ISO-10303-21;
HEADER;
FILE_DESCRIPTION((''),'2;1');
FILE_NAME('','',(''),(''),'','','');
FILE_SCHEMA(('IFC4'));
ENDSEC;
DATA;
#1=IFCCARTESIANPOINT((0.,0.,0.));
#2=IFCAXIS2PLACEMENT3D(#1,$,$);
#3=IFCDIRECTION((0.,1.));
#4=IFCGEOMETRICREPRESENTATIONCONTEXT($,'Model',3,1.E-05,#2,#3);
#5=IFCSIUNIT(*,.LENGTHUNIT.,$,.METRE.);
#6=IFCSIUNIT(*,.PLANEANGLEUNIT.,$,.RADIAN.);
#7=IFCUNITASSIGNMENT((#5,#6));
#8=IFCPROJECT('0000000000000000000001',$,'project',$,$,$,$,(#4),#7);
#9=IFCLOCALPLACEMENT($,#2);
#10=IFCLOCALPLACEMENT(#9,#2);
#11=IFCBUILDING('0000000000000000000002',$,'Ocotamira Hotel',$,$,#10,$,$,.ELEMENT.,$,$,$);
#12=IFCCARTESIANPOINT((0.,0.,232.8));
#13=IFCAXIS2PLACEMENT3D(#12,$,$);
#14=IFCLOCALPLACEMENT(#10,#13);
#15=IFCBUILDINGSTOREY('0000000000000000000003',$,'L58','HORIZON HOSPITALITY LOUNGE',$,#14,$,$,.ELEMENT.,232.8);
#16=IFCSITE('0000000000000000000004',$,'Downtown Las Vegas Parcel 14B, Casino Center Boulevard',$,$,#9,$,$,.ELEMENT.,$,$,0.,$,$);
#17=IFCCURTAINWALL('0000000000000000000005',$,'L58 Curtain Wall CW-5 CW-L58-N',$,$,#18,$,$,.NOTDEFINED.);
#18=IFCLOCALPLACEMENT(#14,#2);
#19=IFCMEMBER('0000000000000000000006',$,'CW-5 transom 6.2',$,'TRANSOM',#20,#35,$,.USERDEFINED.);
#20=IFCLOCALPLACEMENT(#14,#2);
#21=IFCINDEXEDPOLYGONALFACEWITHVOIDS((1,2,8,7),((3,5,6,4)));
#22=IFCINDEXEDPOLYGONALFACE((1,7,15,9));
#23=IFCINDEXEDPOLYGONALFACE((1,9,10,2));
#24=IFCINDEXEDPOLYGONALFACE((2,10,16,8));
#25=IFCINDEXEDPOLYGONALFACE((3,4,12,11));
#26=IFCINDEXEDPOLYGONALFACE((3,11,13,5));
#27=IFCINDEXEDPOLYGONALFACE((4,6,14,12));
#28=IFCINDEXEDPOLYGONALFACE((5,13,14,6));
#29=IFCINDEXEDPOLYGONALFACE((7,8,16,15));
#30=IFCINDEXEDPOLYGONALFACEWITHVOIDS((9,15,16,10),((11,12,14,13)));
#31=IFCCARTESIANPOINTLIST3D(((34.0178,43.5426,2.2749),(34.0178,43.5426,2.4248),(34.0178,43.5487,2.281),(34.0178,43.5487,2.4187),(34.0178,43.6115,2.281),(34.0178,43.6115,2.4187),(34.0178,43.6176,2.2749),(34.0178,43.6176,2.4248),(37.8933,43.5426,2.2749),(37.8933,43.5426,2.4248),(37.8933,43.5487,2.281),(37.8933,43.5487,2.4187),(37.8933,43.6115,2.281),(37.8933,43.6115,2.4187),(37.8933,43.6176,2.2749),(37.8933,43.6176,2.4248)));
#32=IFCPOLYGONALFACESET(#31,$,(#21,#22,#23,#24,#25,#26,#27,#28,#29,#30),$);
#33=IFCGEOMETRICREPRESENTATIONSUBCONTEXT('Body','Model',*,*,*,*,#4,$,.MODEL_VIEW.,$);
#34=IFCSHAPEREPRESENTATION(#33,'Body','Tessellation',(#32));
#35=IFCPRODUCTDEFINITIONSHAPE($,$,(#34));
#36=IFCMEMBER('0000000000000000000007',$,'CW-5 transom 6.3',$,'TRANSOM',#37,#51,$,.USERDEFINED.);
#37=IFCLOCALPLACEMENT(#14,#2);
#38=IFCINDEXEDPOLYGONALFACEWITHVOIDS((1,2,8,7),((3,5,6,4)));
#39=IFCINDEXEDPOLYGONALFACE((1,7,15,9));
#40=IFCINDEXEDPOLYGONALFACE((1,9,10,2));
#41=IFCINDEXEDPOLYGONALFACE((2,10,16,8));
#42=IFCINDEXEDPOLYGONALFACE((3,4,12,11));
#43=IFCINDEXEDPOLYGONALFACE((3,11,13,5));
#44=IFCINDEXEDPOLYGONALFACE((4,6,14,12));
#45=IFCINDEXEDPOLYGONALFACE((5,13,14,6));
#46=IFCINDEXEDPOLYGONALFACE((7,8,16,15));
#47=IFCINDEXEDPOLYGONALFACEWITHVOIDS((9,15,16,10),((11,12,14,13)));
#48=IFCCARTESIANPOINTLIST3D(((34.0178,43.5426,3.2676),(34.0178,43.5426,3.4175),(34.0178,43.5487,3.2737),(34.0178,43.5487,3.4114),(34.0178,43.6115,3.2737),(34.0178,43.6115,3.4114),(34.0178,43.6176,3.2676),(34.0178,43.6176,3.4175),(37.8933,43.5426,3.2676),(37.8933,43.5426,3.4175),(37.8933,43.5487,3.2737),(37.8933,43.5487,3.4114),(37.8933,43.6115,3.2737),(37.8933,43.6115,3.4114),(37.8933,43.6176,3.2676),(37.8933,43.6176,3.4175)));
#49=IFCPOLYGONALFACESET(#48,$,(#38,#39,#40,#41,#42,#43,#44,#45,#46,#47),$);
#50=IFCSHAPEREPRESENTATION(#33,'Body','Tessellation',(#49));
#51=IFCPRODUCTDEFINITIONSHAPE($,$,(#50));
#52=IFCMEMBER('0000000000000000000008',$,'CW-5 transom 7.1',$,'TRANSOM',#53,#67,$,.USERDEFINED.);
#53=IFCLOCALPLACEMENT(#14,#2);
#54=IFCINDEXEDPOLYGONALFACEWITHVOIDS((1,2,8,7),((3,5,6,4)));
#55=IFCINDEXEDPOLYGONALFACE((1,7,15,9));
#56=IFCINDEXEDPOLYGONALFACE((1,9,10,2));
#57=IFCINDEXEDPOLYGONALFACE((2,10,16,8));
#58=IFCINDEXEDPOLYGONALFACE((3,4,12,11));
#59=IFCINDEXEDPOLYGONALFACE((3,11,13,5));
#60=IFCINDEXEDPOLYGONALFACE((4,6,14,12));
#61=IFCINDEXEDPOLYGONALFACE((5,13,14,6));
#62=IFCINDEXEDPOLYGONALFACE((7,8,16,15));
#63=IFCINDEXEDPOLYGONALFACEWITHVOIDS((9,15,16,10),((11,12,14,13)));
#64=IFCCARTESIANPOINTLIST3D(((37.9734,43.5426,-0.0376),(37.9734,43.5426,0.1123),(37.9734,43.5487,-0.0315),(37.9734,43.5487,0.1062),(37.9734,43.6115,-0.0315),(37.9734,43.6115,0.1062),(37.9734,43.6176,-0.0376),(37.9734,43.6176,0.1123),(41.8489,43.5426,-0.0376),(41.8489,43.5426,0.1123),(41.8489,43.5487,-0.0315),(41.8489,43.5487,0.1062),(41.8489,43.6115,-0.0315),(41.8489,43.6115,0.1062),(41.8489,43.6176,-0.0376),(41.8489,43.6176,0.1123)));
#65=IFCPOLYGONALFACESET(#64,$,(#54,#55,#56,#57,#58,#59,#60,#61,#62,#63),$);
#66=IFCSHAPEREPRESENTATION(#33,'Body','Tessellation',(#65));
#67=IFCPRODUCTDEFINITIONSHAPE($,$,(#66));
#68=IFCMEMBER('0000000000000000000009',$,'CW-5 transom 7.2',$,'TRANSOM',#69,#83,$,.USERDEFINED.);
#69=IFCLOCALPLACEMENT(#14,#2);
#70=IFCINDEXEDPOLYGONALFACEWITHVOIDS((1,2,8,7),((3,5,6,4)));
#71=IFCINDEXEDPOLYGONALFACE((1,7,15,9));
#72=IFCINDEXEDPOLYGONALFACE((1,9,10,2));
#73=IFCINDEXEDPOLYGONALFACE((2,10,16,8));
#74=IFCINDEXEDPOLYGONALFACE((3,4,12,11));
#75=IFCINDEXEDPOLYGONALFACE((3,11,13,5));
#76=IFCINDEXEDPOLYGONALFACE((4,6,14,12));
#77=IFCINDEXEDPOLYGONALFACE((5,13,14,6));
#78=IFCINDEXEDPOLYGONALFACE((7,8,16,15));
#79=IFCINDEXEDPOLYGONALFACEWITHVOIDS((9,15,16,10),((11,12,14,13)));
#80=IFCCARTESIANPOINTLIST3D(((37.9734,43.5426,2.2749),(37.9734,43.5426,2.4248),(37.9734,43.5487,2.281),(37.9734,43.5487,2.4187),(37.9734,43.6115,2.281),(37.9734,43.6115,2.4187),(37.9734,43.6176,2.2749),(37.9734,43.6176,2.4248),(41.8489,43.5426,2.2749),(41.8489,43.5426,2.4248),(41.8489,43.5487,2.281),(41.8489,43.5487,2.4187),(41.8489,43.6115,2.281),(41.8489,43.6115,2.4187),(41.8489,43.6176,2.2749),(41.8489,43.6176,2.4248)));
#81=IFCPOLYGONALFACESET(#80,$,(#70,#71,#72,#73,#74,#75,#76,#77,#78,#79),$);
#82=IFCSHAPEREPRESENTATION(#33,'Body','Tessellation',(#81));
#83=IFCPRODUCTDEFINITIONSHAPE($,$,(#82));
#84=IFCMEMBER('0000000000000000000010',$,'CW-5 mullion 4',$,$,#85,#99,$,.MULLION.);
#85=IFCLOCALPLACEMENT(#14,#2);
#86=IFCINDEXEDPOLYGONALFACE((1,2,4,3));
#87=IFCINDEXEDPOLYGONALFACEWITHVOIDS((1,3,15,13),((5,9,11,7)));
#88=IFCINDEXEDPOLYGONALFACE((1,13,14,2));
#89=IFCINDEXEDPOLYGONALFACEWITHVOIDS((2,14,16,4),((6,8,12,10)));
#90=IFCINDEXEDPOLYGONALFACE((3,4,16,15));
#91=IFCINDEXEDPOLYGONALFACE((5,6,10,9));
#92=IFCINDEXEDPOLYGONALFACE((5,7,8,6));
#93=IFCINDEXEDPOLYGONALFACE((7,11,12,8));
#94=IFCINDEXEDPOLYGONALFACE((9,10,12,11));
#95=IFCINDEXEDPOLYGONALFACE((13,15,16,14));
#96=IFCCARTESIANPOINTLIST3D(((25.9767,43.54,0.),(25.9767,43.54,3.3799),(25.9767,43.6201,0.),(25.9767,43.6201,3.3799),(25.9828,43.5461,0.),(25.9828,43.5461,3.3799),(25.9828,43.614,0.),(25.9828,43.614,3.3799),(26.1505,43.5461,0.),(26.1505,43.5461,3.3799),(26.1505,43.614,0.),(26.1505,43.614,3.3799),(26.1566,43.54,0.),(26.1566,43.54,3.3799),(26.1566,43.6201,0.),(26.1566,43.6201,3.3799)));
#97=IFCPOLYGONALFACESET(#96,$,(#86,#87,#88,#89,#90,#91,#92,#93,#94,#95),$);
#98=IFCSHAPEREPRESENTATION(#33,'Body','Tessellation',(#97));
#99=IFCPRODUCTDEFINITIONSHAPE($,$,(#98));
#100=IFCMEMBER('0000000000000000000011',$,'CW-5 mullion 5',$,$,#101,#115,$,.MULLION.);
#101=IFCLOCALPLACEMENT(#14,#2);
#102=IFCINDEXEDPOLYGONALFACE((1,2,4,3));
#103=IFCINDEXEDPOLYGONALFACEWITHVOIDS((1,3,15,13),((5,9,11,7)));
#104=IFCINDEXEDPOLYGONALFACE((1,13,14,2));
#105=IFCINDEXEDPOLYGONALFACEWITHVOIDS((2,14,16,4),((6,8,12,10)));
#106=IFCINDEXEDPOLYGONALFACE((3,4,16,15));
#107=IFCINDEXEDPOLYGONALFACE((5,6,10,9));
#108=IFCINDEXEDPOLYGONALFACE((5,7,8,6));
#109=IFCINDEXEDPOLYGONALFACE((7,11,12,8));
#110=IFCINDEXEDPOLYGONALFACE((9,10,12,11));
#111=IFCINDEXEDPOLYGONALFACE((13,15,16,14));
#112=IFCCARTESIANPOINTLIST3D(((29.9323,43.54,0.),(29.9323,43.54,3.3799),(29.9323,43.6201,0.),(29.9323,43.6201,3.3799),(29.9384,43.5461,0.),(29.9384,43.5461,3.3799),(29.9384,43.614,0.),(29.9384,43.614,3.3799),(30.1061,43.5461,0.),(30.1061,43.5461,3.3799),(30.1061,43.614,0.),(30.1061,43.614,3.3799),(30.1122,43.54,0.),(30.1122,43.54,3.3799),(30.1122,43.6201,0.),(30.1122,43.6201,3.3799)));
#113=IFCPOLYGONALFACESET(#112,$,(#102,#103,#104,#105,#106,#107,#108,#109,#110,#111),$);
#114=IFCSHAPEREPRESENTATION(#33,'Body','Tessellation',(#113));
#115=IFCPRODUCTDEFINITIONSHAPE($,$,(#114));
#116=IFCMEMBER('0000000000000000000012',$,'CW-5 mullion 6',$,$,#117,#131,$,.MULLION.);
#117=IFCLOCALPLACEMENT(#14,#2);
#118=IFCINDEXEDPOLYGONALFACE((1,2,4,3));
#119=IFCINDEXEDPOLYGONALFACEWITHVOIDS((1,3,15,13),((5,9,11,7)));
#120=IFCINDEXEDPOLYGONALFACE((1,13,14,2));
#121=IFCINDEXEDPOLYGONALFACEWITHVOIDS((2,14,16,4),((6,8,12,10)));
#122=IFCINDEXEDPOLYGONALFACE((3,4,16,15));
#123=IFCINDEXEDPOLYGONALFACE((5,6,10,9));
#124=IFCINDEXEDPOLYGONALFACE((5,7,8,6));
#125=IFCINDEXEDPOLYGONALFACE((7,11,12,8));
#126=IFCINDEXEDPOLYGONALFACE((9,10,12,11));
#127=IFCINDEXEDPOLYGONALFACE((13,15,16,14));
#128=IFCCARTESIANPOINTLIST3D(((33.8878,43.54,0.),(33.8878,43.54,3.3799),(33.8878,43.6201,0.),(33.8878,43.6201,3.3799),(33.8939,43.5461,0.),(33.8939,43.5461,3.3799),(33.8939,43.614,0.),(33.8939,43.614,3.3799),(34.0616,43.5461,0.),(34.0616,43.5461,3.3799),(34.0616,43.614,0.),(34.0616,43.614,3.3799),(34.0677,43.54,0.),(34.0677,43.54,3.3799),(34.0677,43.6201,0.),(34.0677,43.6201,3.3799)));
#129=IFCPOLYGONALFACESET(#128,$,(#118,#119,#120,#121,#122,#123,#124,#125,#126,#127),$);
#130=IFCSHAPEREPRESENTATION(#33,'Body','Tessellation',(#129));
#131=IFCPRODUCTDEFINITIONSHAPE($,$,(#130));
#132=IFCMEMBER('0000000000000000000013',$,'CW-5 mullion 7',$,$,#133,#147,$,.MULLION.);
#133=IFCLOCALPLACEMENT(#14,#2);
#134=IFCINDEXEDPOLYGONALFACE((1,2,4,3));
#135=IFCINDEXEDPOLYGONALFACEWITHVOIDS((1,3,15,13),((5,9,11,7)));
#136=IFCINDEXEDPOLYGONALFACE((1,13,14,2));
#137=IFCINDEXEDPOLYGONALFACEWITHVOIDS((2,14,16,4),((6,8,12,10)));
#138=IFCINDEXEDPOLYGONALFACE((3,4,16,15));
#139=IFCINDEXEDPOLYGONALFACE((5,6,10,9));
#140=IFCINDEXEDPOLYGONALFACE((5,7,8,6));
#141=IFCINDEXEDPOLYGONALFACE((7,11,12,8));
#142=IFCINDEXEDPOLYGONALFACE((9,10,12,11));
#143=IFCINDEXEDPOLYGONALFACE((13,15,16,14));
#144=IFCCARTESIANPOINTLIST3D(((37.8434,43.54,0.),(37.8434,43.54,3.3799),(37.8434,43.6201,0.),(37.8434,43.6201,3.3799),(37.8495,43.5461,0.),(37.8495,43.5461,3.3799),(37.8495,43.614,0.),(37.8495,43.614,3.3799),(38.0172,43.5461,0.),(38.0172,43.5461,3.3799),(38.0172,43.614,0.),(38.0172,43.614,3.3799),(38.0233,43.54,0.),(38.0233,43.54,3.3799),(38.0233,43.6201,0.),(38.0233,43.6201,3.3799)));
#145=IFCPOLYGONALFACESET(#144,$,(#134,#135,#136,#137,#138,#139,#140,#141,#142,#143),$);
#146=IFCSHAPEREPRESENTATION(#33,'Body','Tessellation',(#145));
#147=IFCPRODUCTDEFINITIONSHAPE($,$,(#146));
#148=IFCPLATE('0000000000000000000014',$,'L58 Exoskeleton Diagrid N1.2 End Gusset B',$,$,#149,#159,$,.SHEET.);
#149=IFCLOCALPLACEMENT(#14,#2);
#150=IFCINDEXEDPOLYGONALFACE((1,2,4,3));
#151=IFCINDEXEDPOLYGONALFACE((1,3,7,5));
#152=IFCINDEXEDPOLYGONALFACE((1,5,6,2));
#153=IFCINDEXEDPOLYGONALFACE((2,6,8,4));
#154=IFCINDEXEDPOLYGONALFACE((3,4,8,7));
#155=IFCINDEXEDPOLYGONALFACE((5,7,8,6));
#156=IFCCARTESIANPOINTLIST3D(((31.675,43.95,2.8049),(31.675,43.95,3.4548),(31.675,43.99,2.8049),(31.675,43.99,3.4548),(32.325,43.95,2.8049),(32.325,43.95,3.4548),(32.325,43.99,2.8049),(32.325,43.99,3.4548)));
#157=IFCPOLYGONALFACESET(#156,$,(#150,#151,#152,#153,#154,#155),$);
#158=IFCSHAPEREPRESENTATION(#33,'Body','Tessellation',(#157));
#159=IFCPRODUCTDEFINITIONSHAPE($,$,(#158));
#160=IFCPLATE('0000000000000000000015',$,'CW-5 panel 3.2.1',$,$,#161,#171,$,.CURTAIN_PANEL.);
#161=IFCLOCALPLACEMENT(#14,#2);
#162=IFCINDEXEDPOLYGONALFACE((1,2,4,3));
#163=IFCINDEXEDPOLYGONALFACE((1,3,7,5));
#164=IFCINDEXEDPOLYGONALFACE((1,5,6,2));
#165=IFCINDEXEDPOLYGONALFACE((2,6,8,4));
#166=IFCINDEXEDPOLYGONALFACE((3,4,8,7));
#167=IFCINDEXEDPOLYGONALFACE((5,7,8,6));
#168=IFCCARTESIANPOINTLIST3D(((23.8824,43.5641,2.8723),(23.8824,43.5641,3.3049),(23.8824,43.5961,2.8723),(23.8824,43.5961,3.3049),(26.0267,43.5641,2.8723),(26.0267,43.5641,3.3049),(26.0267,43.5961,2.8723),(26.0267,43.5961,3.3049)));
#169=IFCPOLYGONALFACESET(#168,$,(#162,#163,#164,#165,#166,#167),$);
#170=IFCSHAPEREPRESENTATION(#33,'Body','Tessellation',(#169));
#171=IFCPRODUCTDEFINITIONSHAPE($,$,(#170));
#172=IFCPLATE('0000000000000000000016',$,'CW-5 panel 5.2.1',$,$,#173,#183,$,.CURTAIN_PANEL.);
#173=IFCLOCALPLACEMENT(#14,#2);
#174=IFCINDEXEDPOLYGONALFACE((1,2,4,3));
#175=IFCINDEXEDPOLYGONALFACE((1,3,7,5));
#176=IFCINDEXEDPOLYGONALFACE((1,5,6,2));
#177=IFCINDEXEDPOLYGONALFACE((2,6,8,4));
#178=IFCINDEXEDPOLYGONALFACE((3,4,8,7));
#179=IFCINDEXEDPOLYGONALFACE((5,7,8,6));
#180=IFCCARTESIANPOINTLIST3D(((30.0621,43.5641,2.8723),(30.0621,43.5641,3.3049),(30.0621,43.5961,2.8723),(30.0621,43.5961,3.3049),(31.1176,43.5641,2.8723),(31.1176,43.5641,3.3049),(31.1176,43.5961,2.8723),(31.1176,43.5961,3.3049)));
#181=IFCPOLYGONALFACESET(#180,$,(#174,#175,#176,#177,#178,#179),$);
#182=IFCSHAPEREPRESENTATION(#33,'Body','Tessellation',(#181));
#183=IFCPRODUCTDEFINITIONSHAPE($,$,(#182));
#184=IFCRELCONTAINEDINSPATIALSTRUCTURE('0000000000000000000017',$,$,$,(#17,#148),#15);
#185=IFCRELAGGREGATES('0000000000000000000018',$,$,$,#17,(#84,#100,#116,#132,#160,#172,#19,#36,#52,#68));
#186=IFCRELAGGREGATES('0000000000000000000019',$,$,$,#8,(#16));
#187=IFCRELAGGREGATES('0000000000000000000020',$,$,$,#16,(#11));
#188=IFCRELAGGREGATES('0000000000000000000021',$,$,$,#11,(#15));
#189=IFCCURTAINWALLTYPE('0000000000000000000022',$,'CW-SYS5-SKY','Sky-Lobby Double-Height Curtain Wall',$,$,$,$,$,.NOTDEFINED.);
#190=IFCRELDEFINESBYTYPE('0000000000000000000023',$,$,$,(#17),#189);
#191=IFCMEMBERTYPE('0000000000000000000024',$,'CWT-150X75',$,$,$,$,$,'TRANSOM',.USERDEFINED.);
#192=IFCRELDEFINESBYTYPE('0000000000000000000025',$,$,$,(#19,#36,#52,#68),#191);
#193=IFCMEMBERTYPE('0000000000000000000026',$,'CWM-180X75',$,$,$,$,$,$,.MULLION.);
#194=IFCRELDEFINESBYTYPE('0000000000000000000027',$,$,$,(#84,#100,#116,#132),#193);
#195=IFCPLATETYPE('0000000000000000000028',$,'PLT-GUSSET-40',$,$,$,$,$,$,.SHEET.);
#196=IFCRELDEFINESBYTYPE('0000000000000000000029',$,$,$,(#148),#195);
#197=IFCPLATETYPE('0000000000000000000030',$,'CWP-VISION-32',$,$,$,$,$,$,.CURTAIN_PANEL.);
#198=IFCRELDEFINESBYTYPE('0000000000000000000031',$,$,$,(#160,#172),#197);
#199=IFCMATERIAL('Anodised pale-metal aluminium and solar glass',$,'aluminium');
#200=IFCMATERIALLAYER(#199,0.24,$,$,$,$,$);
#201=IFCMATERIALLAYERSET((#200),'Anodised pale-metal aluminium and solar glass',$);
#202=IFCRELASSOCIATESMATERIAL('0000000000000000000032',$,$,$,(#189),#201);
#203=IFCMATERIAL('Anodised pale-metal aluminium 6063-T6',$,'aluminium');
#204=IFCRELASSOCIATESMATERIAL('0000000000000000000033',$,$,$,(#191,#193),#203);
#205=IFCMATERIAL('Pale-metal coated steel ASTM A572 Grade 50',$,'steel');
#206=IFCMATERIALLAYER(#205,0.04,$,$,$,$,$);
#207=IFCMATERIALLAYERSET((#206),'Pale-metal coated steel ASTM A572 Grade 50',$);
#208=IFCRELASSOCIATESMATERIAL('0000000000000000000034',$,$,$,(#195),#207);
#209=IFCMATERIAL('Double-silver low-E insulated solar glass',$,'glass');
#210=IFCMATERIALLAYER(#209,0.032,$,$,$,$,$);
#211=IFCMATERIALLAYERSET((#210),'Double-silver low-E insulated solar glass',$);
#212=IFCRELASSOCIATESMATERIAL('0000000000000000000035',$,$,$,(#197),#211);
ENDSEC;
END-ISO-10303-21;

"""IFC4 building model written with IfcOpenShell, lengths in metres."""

from ifc_helpers import new_model, si_unit, direction, frame, origin, origin_2d, place, context, subcontext, project, spatial, rectangle, hollow_rectangle, extrude, source, transform, mapped, material, layer, layer_set, material_profile, profile_set, type_object, element, aggregate, save


model = new_model("IFC4")

# Units and contexts
model_context = context("Model", 3, precision=1e-05, world=origin(), true_north=direction((0.0, 1.0)))
body_context = subcontext(model_context, "Body", "Model", "MODEL_VIEW")
ifc_project = project(units=[si_unit("LENGTHUNIT", "METRE"), si_unit("PLANEANGLEUNIT", "RADIAN")], contexts=[model_context])

# Site, building, storey
site_placement = place(None, origin())
site = spatial("IfcSite", under=ifc_project, at=site_placement, Name="Downtown Las Vegas Parcel 14B, Casino Center Boulevard", CompositionType="ELEMENT", RefElevation=0.0)
building_placement = place(site_placement, origin())
building = spatial("IfcBuilding", under=site, at=building_placement, Name="Ocotamira Hotel", CompositionType="ELEMENT")
storey_placement = place(building_placement, frame((0.0, 0.0, 232.8)))
storey = spatial("IfcBuildingStorey", under=building, at=storey_placement, Name="L58", Description="HORIZON HOSPITALITY LOUNGE", CompositionType="ELEMENT", Elevation=232.8)

# Curtain wall, members
ifc_material_1 = material(Name="Anodised pale-metal aluminium and solar glass", Category="aluminium")
ifc_layer_1 = layer(ifc_material_1, 0.24)
ifc_layer_set_1 = layer_set([ifc_layer_1], Name="Anodised pale-metal aluminium and solar glass")
curtain_wall_type = type_object("IfcCurtainWallType", Name="CW-SYS5-SKY", Description="Sky-Lobby Double-Height Curtain Wall", PredefinedType="NOTDEFINED", material=ifc_layer_set_1)
curtain_wall_placement = place(storey_placement, origin())
curtain_wall = element("IfcCurtainWall", 1, at=curtain_wall_placement, inside=storey, type_object=curtain_wall_type, Name="L58 Curtain Wall CW-5 CW-L58-N", PredefinedType="NOTDEFINED")
ifc_material_2 = material(Name="Anodised pale-metal aluminium 6063-T6", Category="aluminium")
ifc_material_profile_1 = material_profile(ifc_material_2, hollow_rectangle(XDim=0.075, YDim=0.1499, WallThickness=0.0061, at=origin_2d()), Name="HSS150X75X6")
ifc_profile_set_1 = profile_set([ifc_material_profile_1], Name="Anodised pale-metal aluminium 6063-T6")
member_type_1 = type_object("IfcMemberType", Name="CWT-150X75", ElementType="TRANSOM", PredefinedType="USERDEFINED", material=ifc_profile_set_1)
shared_shape_1 = source(origin(), body_context, "Body", "SweptSolid", [
    extrude(hollow_rectangle(XDim=0.075, YDim=0.1499, WallThickness=0.0061, at=origin_2d()), origin(), (0.0, 0.0, 1.0), 3.8755),
])
member_1_placement = place(storey_placement, frame((34.0178, 43.5801, 2.3499), z_axis=(1.0, 0.0, 0.0), x_axis=(0.0, 1.0, 0.0)))
member_1 = element("IfcMember", 2, at=member_1_placement, type_object=member_type_1, Name="CW-5 transom 6.2", ObjectType="TRANSOM", PredefinedType="USERDEFINED", context=body_context, shape_type="MappedRepresentation", body=[
    mapped(shared_shape_1, transform((0.0, 0.0, 0.0), scale=1.0)),
])
member_2_placement = place(storey_placement, frame((34.0178, 43.5801, 3.3425), z_axis=(1.0, 0.0, 0.0), x_axis=(0.0, 1.0, 0.0)))
member_2 = element("IfcMember", 3, at=member_2_placement, type_object=member_type_1, Name="CW-5 transom 6.3", ObjectType="TRANSOM", PredefinedType="USERDEFINED", context=body_context, shape_type="MappedRepresentation", body=[
    mapped(shared_shape_1, transform((0.0, 0.0, 0.0), scale=1.0)),
])
member_3_placement = place(storey_placement, frame((37.9734, 43.5801, 0.0374), z_axis=(1.0, 0.0, 0.0), x_axis=(0.0, 1.0, 0.0)))
member_3 = element("IfcMember", 4, at=member_3_placement, type_object=member_type_1, Name="CW-5 transom 7.1", ObjectType="TRANSOM", PredefinedType="USERDEFINED", context=body_context, shape_type="MappedRepresentation", body=[
    mapped(shared_shape_1, transform((0.0, 0.0, 0.0), scale=1.0)),
])
member_4_placement = place(storey_placement, frame((37.9734, 43.5801, 2.3499), z_axis=(1.0, 0.0, 0.0), x_axis=(0.0, 1.0, 0.0)))
member_4 = element("IfcMember", 5, at=member_4_placement, type_object=member_type_1, Name="CW-5 transom 7.2", ObjectType="TRANSOM", PredefinedType="USERDEFINED", context=body_context, shape_type="MappedRepresentation", body=[
    mapped(shared_shape_1, transform((0.0, 0.0, 0.0), scale=1.0)),
])
ifc_material_profile_2 = material_profile(ifc_material_2, hollow_rectangle(XDim=0.0801, YDim=0.1799, WallThickness=0.0061, at=origin_2d()), Name="HSS180X80X6")
ifc_profile_set_2 = profile_set([ifc_material_profile_2], Name="Anodised pale-metal aluminium 6063-T6")
member_type_2 = type_object("IfcMemberType", Name="CWM-180X75", PredefinedType="MULLION", material=ifc_profile_set_2)
shared_shape_2 = source(origin(), body_context, "Body", "SweptSolid", [
    extrude(hollow_rectangle(XDim=0.0801, YDim=0.1799, WallThickness=0.0061, at=origin_2d()), origin(), (0.0, 0.0, 1.0), 3.3799),
])
member_5_placement = place(storey_placement, frame((26.0667, 43.5801, 0.0), z_axis=(0.0, 0.0, 1.0), x_axis=(0.0, 1.0, 0.0)))
member_5 = element("IfcMember", 6, at=member_5_placement, type_object=member_type_2, Name="CW-5 mullion 4", PredefinedType="MULLION", context=body_context, shape_type="MappedRepresentation", body=[
    mapped(shared_shape_2, transform((0.0, 0.0, 0.0), scale=1.0)),
])
member_6_placement = place(storey_placement, frame((30.0222, 43.5801, 0.0), z_axis=(0.0, 0.0, 1.0), x_axis=(0.0, 1.0, 0.0)))
member_6 = element("IfcMember", 7, at=member_6_placement, type_object=member_type_2, Name="CW-5 mullion 5", PredefinedType="MULLION", context=body_context, shape_type="MappedRepresentation", body=[
    mapped(shared_shape_2, transform((0.0, 0.0, 0.0), scale=1.0)),
])
member_7_placement = place(storey_placement, frame((33.9778, 43.5801, 0.0), z_axis=(0.0, 0.0, 1.0), x_axis=(0.0, 1.0, 0.0)))
member_7 = element("IfcMember", 8, at=member_7_placement, type_object=member_type_2, Name="CW-5 mullion 6", PredefinedType="MULLION", context=body_context, shape_type="MappedRepresentation", body=[
    mapped(shared_shape_2, transform((0.0, 0.0, 0.0), scale=1.0)),
])
member_8_placement = place(storey_placement, frame((37.9333, 43.5801, 0.0), z_axis=(0.0, 0.0, 1.0), x_axis=(0.0, 1.0, 0.0)))
member_8 = element("IfcMember", 9, at=member_8_placement, type_object=member_type_2, Name="CW-5 mullion 7", PredefinedType="MULLION", context=body_context, shape_type="MappedRepresentation", body=[
    mapped(shared_shape_2, transform((0.0, 0.0, 0.0), scale=1.0)),
])

# Plates
ifc_material_3 = material(Name="Pale-metal coated steel ASTM A572 Grade 50", Category="steel")
ifc_layer_2 = layer(ifc_material_3, 0.04)
ifc_layer_set_2 = layer_set([ifc_layer_2], Name="Pale-metal coated steel ASTM A572 Grade 50")
plate_type_1 = type_object("IfcPlateType", Name="PLT-GUSSET-40", PredefinedType="SHEET", material=ifc_layer_set_2)
shared_shape_3 = source(origin(), body_context, "Body", "SweptSolid", [
    extrude(rectangle(XDim=0.6499, YDim=0.04, at=origin_2d()), origin(), (0.0, 0.0, 1.0), 0.6499),
])
plate_1_placement = place(storey_placement, frame((32.0, 43.97, 2.8049), z_axis=(0.0, 0.0, 1.0), x_axis=(1.0, 0.0, 0.0)))
element("IfcPlate", 10, at=plate_1_placement, inside=storey, type_object=plate_type_1, Name="L58 Exoskeleton Diagrid N1.2 End Gusset B", PredefinedType="SHEET", context=body_context, shape_type="MappedRepresentation", body=[
    mapped(shared_shape_3, transform((0.0, 0.0, 0.0), scale=1.0)),
])
ifc_material_4 = material(Name="Double-silver low-E insulated solar glass", Category="glass")
ifc_layer_3 = layer(ifc_material_4, 0.032)
ifc_layer_set_3 = layer_set([ifc_layer_3], Name="Double-silver low-E insulated solar glass")
plate_type_2 = type_object("IfcPlateType", Name="CWP-VISION-32", PredefinedType="CURTAIN_PANEL", material=ifc_layer_set_3)
shared_shape_4 = source(origin(), body_context, "Body", "SweptSolid", [
    extrude(rectangle(XDim=2.1443, YDim=0.032, at=origin_2d()), origin(), (0.0, 0.0, 1.0), 0.4326),
])
plate_2_placement = place(storey_placement, frame((24.9546, 43.5801, 2.8723), z_axis=(0.0, 0.0, 1.0), x_axis=(1.0, 0.0, 0.0)))
plate_2 = element("IfcPlate", 11, at=plate_2_placement, type_object=plate_type_2, Name="CW-5 panel 3.2.1", PredefinedType="CURTAIN_PANEL", context=body_context, shape_type="MappedRepresentation", body=[
    mapped(shared_shape_4, transform((0.0, 0.0, 0.0), scale=1.0)),
])
shared_shape_5 = source(origin(), body_context, "Body", "SweptSolid", [
    extrude(rectangle(XDim=1.0554, YDim=0.032, at=origin_2d()), origin(), (0.0, 0.0, 1.0), 0.4326),
])
plate_3_placement = place(storey_placement, frame((30.5898, 43.5801, 2.8723), z_axis=(0.0, 0.0, 1.0), x_axis=(1.0, 0.0, 0.0)))
plate_3 = element("IfcPlate", 12, at=plate_3_placement, type_object=plate_type_2, Name="CW-5 panel 5.2.1", PredefinedType="CURTAIN_PANEL", context=body_context, shape_type="MappedRepresentation", body=[
    mapped(shared_shape_5, transform((0.0, 0.0, 0.0), scale=1.0)),
])
aggregate(curtain_wall, [member_5, member_6, member_7, member_8, plate_2, plate_3, member_1, member_2, member_3, member_4])

save(model, "model.ifc")
